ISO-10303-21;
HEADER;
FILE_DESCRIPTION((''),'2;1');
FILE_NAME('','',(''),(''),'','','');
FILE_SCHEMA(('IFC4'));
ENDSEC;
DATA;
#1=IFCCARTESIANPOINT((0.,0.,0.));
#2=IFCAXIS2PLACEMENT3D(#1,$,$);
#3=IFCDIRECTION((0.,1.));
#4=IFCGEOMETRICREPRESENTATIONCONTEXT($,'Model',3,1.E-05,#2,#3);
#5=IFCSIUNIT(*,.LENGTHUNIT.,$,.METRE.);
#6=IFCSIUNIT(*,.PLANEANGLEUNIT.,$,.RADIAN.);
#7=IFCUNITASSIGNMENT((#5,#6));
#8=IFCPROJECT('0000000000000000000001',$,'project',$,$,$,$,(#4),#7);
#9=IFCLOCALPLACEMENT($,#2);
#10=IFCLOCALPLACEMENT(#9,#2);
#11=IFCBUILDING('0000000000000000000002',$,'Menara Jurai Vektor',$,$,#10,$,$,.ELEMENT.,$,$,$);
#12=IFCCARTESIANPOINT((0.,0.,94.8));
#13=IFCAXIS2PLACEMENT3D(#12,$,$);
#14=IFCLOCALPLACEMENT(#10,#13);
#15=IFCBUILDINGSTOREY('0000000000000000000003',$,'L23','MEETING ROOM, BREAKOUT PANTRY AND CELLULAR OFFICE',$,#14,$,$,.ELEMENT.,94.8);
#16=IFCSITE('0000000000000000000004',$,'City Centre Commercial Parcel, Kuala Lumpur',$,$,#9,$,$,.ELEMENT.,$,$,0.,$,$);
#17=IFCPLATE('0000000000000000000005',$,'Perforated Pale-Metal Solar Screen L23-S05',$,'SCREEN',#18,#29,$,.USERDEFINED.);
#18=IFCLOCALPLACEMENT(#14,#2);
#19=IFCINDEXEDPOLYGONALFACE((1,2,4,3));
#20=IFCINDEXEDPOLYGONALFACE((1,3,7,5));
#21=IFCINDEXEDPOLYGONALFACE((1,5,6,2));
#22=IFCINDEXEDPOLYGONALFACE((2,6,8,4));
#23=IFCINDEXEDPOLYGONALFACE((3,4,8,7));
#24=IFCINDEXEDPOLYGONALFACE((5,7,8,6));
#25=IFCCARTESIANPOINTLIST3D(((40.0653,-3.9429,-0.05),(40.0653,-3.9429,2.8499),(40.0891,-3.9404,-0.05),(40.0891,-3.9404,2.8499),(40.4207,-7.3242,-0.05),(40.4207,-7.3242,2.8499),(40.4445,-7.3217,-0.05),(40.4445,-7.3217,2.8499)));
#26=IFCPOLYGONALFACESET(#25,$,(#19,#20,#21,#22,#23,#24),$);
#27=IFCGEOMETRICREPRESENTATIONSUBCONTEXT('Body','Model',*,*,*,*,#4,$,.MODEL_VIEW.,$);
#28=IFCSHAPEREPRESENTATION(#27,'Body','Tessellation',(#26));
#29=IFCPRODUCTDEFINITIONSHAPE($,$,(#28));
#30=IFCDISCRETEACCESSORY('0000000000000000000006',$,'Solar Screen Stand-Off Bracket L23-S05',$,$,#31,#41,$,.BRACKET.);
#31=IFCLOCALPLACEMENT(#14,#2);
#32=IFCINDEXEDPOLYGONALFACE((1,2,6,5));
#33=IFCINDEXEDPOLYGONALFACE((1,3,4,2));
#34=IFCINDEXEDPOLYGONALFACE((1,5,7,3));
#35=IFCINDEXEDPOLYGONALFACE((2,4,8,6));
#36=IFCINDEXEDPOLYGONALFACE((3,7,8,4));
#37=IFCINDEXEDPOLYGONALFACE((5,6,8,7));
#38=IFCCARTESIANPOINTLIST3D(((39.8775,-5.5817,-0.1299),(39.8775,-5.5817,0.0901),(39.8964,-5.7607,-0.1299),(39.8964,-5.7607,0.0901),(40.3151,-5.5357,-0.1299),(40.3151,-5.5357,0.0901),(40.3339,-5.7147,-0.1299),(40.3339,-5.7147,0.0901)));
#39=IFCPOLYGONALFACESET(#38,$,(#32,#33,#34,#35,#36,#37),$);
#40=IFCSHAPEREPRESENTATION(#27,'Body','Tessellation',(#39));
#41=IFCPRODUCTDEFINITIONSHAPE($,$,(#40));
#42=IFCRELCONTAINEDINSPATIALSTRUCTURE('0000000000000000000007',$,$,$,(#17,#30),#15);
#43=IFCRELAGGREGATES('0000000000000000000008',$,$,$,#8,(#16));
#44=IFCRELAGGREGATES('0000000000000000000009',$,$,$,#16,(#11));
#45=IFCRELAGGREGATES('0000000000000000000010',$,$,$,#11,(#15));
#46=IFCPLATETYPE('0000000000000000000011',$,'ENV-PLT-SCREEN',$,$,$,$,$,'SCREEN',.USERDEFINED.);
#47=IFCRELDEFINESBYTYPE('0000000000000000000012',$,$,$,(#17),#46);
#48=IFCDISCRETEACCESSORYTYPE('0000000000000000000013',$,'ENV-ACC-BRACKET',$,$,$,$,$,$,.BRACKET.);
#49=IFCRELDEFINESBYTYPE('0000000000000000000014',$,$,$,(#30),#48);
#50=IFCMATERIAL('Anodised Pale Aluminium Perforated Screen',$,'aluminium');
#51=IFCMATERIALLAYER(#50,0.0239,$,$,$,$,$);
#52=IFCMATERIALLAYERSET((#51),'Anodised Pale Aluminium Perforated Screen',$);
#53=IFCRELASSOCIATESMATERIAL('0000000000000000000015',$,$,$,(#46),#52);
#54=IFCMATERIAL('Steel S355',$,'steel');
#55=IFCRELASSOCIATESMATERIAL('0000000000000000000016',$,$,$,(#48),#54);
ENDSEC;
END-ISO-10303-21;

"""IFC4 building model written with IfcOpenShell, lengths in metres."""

from ifc_helpers import new_model, si_unit, direction, frame, origin, origin_2d, place, context, subcontext, project, spatial, rectangle, extrude, material, layer, layer_set, type_object, element, save


model = new_model("IFC4")

# Units and contexts
model_context = context("Model", 3, precision=1e-05, world=origin(), true_north=direction((0.0, 1.0)))
body_context = subcontext(model_context, "Body", "Model", "MODEL_VIEW")
ifc_project = project(units=[si_unit("LENGTHUNIT", "METRE"), si_unit("PLANEANGLEUNIT", "RADIAN")], contexts=[model_context])

# Site, building, storey
site_placement = place(None, origin())
site = spatial("IfcSite", under=ifc_project, at=site_placement, Name="City Centre Commercial Parcel, Kuala Lumpur", CompositionType="ELEMENT", RefElevation=0.0)
building_placement = place(site_placement, origin())
building = spatial("IfcBuilding", under=site, at=building_placement, Name="Menara Jurai Vektor", CompositionType="ELEMENT")
storey_placement = place(building_placement, frame((0.0, 0.0, 94.8)))
storey = spatial("IfcBuildingStorey", under=building, at=storey_placement, Name="L23", Description="MEETING ROOM, BREAKOUT PANTRY AND CELLULAR OFFICE", CompositionType="ELEMENT", Elevation=94.8)

# Shared definitions
ifc_material_1 = material(Name="Steel S355", Category="steel")

# Plate
ifc_material_2 = material(Name="Anodised Pale Aluminium Perforated Screen", Category="aluminium")
ifc_layer_1 = layer(ifc_material_2, 0.0239)
ifc_layer_set_1 = layer_set([ifc_layer_1], Name="Anodised Pale Aluminium Perforated Screen")
plate_type_1 = type_object("IfcPlateType", Name="ENV-PLT-SCREEN", ElementType="SCREEN", PredefinedType="USERDEFINED", material=ifc_layer_set_1)
plate_1_placement = place(storey_placement, frame((40.2549, -5.6323, -0.05), z_axis=(0.0, 0.0, 1.0), x_axis=(-0.104528, 0.994522, 0.0)))
element("IfcPlate", 1, at=plate_1_placement, inside=storey, type_object=plate_type_1, Name="Perforated Pale-Metal Solar Screen L23-S05", ObjectType="SCREEN", PredefinedType="USERDEFINED", context=body_context, shape_type="SweptSolid", body=[
    extrude(rectangle(XDim=3.3999, YDim=0.0239, at=origin_2d()), origin(), (0.0, 0.0, 1.0), 2.8999),
])

# Discrete accessory
discrete_accessory_type = type_object("IfcDiscreteAccessoryType", Name="ENV-ACC-BRACKET", PredefinedType="BRACKET", material=ifc_material_1)
discrete_accessory_placement = place(storey_placement, frame((40.1057, -5.6482, -0.1299), z_axis=(0.0, 0.0, 1.0), x_axis=(-0.104528, 0.994522, 0.0)))
element("IfcDiscreteAccessory", 2, at=discrete_accessory_placement, inside=storey, type_object=discrete_accessory_type, Name="Solar Screen Stand-Off Bracket L23-S05", PredefinedType="BRACKET", context=body_context, shape_type="SweptSolid", body=[
    extrude(rectangle(XDim=0.1799, YDim=0.4399, at=origin_2d()), origin(), (0.0, 0.0, 1.0), 0.22),
])

save(model, "model.ifc")
